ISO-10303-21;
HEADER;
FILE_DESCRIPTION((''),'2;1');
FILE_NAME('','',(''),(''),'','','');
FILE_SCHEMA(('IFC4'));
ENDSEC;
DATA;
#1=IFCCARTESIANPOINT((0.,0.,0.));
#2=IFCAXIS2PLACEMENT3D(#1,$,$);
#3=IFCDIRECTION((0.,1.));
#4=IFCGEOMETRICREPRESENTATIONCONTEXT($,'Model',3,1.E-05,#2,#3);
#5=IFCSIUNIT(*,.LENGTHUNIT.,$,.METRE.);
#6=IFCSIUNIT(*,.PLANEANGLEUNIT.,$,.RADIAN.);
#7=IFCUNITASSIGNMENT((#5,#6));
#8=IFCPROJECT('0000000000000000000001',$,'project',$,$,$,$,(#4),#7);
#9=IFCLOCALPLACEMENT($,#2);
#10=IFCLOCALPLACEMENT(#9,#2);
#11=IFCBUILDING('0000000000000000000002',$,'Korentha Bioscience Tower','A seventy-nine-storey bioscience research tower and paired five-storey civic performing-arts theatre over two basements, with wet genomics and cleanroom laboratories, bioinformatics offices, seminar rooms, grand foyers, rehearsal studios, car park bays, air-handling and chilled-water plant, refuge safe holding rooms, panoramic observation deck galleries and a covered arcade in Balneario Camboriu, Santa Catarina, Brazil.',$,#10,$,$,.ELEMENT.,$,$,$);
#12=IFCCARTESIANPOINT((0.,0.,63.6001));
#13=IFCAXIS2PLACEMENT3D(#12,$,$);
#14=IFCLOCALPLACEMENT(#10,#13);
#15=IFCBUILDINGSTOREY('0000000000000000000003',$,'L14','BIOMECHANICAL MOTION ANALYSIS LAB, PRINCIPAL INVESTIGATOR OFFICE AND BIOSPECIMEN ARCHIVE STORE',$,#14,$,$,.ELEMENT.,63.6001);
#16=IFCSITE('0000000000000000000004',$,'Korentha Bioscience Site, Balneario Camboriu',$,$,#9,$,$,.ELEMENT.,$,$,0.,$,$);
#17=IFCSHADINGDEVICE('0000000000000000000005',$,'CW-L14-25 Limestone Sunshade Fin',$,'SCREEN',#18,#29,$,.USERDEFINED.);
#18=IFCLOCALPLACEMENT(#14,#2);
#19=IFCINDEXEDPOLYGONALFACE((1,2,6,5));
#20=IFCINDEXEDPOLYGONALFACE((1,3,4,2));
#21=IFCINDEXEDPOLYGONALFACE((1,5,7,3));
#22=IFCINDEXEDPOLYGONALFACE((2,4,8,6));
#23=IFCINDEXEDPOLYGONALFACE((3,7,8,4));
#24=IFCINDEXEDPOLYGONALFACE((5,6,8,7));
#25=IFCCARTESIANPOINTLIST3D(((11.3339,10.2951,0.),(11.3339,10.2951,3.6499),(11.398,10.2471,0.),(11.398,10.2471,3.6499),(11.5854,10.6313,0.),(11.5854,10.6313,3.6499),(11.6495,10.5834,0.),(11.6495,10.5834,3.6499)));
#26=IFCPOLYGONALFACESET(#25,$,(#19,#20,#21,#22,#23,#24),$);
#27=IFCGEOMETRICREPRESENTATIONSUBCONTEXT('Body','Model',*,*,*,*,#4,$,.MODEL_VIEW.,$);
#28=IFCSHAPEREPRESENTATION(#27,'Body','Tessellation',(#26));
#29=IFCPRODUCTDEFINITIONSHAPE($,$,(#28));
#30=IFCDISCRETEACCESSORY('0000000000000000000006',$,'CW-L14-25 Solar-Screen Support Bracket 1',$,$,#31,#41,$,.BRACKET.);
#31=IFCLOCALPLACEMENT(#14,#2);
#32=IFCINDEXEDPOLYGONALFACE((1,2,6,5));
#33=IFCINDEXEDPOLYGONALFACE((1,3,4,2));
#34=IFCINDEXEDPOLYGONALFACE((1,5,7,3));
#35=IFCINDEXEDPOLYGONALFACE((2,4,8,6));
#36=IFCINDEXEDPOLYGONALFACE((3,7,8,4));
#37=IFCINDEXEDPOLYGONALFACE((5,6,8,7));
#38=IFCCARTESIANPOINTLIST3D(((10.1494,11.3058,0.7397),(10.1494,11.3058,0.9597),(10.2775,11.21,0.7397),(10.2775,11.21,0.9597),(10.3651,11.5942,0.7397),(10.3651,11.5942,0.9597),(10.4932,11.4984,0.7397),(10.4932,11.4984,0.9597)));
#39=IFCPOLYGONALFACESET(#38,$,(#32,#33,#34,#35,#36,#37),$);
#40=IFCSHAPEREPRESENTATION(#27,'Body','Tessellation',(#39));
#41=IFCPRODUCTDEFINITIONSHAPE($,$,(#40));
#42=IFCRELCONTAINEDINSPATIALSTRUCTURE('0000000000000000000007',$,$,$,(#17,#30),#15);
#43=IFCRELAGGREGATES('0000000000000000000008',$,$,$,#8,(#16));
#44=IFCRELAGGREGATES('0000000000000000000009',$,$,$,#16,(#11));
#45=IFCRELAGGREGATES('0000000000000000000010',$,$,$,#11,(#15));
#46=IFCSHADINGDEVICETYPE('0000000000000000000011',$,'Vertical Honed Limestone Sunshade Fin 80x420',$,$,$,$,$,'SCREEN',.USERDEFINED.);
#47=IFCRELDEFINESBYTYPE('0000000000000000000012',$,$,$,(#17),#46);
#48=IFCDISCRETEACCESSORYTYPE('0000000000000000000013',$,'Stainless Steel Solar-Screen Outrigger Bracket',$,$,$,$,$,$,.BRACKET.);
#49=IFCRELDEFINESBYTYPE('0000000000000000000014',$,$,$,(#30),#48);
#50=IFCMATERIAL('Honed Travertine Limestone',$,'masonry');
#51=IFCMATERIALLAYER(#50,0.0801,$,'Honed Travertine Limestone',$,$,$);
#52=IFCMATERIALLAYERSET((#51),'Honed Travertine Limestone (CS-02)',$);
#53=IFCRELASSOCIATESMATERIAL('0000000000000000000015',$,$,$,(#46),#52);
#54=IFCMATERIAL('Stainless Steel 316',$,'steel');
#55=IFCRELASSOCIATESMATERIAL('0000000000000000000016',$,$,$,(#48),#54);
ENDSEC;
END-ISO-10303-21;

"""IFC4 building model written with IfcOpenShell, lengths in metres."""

from ifc_helpers import new_model, si_unit, direction, frame, origin, origin_2d, place, context, subcontext, project, spatial, rectangle, extrude, material, layer, layer_set, type_object, element, save


model = new_model("IFC4")

# Units and contexts
model_context = context("Model", 3, precision=1e-05, world=origin(), true_north=direction((0.0, 1.0)))
body_context = subcontext(model_context, "Body", "Model", "MODEL_VIEW")
ifc_project = project(units=[si_unit("LENGTHUNIT", "METRE"), si_unit("PLANEANGLEUNIT", "RADIAN")], contexts=[model_context])

# Site, building, storey
site_placement = place(None, origin())
site = spatial("IfcSite", under=ifc_project, at=site_placement, Name="Korentha Bioscience Site, Balneario Camboriu", CompositionType="ELEMENT", RefElevation=0.0)
building_placement = place(site_placement, origin())
building = spatial("IfcBuilding", under=site, at=building_placement, Name="Korentha Bioscience Tower", Description="A seventy-nine-storey bioscience research tower and paired five-storey civic performing-arts theatre over two basements, with wet genomics and cleanroom laboratories, bioinformatics offices, seminar rooms, grand foyers, rehearsal studios, car park bays, air-handling and chilled-water plant, refuge safe holding rooms, panoramic observation deck galleries and a covered arcade in Balneario Camboriu, Santa Catarina, Brazil.", CompositionType="ELEMENT")
storey_placement = place(building_placement, frame((0.0, 0.0, 63.6001)))
storey = spatial("IfcBuildingStorey", under=building, at=storey_placement, Name="L14", Description="BIOMECHANICAL MOTION ANALYSIS LAB, PRINCIPAL INVESTIGATOR OFFICE AND BIOSPECIMEN ARCHIVE STORE", CompositionType="ELEMENT", Elevation=63.6001)

# Shading device
ifc_material_1 = material(Name="Honed Travertine Limestone", Category="masonry")
ifc_layer_1 = layer(ifc_material_1, 0.0801, Name="Honed Travertine Limestone")
ifc_layer_set_1 = layer_set([ifc_layer_1], Name="Honed Travertine Limestone (CS-02)")
shading_device_type_1 = type_object("IfcShadingDeviceType", Name="Vertical Honed Limestone Sunshade Fin 80x420", ElementType="SCREEN", PredefinedType="USERDEFINED", material=ifc_layer_set_1)
shading_device_1_placement = place(storey_placement, frame((11.4917, 10.4392, 0.0), z_axis=(0.0, 0.0, 1.0), x_axis=(0.800798, -0.598935, 0.0)))
element("IfcShadingDevice", 1, at=shading_device_1_placement, inside=storey, type_object=shading_device_type_1, Name="CW-L14-25 Limestone Sunshade Fin", ObjectType="SCREEN", PredefinedType="USERDEFINED", context=body_context, shape_type="SweptSolid", body=[
    extrude(rectangle(XDim=0.0801, YDim=0.4199, at=origin_2d()), origin(), (0.0, 0.0, 1.0), 3.6499),
])

# Discrete accessory
ifc_material_2 = material(Name="Stainless Steel 316", Category="steel")
discrete_accessory_type = type_object("IfcDiscreteAccessoryType", Name="Stainless Steel Solar-Screen Outrigger Bracket", PredefinedType="BRACKET", material=ifc_material_2)
discrete_accessory_placement = place(storey_placement, frame((10.3213, 11.4021, 0.7397), z_axis=(0.0, 0.0, 1.0), x_axis=(0.800798, -0.598935, 0.0)))
element("IfcDiscreteAccessory", 2, at=discrete_accessory_placement, inside=storey, type_object=discrete_accessory_type, Name="CW-L14-25 Solar-Screen Support Bracket 1", PredefinedType="BRACKET", context=body_context, shape_type="SweptSolid", body=[
    extrude(rectangle(XDim=0.1599, YDim=0.3601, at=origin_2d()), origin(), (0.0, 0.0, 1.0), 0.22),
])

save(model, "model.ifc")
